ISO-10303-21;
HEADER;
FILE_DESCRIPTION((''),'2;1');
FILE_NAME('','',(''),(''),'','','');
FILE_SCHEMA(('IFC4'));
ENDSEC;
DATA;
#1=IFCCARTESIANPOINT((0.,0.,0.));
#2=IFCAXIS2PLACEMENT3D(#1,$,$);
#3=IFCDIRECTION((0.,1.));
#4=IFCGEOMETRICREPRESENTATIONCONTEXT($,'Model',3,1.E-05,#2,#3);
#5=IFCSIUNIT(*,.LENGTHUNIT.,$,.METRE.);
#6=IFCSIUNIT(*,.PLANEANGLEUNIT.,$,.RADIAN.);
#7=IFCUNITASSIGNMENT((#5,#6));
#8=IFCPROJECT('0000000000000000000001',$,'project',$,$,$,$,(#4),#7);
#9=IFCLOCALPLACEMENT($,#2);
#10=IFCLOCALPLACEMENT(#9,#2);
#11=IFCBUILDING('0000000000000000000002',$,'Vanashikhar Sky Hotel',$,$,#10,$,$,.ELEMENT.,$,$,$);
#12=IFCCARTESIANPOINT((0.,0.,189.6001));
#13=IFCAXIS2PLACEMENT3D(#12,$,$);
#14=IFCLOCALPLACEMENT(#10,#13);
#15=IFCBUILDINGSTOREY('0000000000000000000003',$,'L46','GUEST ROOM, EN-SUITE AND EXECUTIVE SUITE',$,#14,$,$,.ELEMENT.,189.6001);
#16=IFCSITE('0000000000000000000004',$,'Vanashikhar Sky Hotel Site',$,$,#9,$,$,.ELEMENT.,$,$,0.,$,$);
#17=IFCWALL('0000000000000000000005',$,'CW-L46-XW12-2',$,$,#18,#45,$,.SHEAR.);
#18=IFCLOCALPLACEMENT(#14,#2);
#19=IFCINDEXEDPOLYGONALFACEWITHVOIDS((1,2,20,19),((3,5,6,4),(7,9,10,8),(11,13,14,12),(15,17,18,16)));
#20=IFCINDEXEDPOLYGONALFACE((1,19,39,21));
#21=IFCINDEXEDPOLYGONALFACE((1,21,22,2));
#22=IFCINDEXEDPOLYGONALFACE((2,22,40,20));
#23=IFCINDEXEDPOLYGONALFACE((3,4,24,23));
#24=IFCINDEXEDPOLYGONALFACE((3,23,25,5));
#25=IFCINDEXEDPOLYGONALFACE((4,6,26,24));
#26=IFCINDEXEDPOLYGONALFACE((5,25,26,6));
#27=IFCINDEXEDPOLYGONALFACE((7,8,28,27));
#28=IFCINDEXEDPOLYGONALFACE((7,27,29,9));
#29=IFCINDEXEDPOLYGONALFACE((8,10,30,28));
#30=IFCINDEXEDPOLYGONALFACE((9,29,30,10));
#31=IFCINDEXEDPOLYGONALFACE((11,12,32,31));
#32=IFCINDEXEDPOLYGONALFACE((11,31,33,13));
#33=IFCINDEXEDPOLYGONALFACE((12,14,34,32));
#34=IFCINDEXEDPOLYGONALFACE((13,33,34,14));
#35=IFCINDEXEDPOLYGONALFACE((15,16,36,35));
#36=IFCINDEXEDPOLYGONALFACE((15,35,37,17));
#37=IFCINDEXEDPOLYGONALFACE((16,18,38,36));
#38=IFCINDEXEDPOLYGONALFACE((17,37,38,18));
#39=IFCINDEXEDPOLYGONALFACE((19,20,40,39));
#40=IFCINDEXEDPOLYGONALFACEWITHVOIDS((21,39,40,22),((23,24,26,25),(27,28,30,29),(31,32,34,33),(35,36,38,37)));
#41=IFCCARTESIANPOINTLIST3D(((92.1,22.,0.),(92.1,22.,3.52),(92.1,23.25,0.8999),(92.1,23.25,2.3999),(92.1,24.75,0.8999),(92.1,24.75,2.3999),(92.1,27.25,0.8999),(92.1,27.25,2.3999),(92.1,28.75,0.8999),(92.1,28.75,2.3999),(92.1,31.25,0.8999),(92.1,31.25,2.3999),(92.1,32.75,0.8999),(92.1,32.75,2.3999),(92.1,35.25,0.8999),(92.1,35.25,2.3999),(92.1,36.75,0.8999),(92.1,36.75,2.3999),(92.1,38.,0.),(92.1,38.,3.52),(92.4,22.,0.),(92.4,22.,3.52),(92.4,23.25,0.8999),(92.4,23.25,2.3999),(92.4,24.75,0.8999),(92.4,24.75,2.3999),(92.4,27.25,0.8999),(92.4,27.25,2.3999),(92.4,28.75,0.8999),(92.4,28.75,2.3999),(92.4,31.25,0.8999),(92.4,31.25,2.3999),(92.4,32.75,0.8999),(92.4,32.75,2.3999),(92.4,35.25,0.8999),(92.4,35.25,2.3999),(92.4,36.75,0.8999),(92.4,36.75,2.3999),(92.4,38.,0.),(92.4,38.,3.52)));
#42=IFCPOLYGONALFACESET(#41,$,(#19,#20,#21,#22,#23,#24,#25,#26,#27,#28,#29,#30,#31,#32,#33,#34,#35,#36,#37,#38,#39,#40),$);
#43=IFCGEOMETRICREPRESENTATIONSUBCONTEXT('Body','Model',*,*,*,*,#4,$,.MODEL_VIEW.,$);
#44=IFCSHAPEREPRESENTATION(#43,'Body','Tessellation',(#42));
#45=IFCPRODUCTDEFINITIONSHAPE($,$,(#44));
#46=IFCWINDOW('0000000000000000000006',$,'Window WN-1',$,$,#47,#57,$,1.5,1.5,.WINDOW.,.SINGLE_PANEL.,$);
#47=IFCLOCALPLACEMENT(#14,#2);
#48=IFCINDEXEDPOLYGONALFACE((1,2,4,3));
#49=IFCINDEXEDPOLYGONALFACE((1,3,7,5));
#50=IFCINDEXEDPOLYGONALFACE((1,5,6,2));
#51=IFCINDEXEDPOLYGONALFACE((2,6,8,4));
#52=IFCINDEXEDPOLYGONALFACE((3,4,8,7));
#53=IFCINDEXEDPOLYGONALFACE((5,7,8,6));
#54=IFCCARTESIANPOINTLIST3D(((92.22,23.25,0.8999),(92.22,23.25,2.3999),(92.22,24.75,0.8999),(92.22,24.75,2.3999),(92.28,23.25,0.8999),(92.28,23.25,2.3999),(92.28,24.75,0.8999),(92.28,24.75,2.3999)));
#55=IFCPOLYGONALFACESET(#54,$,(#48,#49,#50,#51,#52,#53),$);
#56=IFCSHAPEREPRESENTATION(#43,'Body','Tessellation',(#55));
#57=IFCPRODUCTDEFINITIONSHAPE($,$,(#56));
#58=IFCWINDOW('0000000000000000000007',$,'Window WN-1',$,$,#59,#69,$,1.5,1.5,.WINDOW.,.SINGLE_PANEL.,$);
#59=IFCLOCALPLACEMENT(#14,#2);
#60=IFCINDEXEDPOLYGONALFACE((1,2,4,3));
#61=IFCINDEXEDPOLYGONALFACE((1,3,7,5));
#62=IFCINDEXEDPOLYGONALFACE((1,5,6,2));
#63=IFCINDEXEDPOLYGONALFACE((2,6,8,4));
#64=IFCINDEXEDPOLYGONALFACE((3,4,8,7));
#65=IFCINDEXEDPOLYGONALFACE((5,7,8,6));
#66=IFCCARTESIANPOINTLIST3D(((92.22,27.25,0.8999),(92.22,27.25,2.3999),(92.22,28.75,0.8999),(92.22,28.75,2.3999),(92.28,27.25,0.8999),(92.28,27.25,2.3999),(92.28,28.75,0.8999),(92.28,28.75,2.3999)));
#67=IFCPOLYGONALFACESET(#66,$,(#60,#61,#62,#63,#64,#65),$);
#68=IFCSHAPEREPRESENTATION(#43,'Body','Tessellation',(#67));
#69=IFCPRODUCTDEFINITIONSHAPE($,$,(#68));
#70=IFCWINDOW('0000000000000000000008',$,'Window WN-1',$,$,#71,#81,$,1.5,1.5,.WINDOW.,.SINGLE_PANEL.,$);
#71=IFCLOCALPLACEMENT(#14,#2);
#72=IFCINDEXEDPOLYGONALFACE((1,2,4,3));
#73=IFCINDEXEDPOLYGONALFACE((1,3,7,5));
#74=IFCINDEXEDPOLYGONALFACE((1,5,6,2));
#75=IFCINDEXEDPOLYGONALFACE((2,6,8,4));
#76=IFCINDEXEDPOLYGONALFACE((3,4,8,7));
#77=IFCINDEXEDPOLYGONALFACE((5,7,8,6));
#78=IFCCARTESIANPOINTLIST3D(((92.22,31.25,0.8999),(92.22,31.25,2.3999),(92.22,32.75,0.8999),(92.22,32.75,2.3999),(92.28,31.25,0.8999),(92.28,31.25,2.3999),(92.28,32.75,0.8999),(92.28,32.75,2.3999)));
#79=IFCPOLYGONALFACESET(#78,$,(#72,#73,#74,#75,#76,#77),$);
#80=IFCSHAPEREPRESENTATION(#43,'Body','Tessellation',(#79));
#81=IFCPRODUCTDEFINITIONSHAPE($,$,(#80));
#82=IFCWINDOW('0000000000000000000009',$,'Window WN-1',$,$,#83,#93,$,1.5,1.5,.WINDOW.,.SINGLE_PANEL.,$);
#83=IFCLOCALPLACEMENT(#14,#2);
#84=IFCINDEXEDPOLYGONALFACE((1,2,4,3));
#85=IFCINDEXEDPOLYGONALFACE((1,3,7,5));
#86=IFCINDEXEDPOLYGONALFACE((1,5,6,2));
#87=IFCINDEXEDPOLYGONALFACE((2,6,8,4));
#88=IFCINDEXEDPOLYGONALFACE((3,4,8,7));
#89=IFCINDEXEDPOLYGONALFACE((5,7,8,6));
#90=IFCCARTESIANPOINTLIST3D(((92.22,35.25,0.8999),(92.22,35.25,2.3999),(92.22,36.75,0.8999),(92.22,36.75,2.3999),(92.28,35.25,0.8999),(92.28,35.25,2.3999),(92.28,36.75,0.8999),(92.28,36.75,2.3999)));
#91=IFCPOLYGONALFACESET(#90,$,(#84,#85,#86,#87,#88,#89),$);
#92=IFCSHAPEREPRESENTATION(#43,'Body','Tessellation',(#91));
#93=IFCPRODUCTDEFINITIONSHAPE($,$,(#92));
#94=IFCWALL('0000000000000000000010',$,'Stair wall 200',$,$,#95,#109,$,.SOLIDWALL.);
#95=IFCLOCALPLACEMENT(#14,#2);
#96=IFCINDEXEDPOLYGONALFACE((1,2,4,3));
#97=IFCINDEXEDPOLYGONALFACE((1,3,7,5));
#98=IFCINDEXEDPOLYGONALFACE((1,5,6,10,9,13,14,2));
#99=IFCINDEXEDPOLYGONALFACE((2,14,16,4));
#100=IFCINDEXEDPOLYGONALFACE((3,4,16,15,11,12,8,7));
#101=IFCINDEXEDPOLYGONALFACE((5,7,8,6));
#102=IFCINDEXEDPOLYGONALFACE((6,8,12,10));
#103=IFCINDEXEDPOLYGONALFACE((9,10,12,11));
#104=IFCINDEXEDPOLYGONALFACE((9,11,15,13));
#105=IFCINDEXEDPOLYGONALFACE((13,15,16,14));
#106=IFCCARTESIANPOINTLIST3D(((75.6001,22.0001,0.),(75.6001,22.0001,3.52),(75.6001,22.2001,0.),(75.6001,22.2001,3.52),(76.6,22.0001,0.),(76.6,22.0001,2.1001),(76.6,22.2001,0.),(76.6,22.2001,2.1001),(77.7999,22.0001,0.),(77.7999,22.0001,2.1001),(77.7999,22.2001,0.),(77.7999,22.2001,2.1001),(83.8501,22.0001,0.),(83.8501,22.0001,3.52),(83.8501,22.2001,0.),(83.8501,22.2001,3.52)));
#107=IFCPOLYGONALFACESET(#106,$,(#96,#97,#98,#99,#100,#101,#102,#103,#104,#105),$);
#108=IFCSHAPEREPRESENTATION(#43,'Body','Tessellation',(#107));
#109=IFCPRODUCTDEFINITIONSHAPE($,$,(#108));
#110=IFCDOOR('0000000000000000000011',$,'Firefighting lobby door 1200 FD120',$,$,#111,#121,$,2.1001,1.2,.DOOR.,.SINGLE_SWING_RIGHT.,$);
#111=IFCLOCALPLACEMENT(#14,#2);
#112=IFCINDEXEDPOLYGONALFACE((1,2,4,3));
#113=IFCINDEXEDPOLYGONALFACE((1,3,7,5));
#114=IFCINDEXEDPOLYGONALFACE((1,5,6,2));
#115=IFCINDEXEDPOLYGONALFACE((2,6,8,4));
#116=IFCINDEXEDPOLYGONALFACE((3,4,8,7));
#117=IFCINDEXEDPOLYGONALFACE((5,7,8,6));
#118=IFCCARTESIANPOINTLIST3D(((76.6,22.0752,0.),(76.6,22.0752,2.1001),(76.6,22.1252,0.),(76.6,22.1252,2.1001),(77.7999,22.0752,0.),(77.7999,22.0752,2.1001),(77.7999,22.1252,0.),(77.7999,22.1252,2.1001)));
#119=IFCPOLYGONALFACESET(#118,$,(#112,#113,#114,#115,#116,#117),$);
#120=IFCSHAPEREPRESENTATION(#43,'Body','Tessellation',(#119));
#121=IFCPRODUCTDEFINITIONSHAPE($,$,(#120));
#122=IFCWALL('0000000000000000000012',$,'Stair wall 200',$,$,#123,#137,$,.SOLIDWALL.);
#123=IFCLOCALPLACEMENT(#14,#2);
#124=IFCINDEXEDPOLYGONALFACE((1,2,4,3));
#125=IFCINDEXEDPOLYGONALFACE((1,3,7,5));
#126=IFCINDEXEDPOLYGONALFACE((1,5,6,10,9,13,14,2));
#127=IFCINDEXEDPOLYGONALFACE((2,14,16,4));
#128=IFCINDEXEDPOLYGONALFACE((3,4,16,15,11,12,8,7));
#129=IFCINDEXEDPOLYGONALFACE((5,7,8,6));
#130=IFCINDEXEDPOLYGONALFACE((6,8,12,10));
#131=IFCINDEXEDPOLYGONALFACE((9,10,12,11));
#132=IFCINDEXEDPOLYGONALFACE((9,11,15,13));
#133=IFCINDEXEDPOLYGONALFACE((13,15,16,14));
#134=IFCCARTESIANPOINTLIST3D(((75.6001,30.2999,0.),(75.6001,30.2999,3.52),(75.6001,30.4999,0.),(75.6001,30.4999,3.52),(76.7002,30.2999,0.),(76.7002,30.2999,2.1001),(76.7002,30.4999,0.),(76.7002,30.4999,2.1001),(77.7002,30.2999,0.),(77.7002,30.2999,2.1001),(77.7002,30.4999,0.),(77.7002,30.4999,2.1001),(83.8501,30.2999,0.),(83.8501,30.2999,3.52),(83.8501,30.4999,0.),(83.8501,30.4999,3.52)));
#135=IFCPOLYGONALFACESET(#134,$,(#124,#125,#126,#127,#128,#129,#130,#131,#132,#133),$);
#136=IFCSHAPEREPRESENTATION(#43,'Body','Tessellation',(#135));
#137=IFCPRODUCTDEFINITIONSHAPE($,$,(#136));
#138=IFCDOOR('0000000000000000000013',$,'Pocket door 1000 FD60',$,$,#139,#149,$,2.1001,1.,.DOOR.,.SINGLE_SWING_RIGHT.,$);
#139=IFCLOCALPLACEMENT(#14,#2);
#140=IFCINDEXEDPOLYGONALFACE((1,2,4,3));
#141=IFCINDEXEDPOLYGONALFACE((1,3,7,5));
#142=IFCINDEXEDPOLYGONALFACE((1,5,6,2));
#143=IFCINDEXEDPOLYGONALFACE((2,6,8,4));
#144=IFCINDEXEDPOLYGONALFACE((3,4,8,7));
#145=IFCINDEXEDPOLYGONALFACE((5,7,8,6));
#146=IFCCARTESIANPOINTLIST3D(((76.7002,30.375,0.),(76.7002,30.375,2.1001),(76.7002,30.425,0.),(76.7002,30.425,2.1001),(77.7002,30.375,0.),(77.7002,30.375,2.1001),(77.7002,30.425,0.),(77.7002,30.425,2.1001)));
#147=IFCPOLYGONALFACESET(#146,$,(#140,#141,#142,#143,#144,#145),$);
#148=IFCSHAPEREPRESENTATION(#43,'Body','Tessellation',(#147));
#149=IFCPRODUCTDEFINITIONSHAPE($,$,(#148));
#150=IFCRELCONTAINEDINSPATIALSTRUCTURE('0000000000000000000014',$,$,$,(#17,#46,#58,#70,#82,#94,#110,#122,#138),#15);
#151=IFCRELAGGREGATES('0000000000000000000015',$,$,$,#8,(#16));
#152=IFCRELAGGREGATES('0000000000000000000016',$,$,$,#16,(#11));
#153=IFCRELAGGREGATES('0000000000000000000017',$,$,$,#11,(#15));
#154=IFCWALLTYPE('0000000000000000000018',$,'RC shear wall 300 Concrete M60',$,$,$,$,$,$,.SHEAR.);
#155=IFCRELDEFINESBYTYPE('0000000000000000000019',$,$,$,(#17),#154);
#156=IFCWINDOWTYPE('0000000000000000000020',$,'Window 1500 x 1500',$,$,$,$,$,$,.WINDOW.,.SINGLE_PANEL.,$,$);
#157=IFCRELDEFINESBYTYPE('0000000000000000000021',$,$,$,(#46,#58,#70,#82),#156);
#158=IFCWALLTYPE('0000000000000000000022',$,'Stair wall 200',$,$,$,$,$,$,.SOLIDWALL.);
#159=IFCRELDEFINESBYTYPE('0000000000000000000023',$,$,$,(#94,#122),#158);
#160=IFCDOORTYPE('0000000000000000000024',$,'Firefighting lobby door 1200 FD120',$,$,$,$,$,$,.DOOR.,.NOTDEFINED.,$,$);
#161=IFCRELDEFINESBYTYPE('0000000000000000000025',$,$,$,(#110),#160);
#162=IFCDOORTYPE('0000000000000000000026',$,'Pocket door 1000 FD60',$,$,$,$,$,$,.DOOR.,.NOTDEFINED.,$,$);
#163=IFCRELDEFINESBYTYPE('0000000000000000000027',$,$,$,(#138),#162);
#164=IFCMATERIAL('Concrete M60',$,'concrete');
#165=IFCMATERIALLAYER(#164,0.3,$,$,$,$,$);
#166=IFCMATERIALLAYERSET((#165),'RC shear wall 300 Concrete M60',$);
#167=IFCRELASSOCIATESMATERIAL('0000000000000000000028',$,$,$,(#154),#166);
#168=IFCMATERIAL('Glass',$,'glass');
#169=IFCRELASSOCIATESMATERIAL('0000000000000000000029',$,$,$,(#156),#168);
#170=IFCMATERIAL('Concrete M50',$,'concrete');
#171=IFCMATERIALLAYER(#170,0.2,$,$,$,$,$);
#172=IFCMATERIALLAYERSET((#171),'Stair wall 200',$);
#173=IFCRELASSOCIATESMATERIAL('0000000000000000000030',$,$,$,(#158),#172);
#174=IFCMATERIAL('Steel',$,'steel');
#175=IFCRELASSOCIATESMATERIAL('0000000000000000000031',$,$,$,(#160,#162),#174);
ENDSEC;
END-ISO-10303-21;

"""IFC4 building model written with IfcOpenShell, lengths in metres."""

from ifc_helpers import new_model, si_unit, direction, frame, frame_2d, origin, place, context, subcontext, project, spatial, rectangle, extrude, source, transform, mapped, material, layer, layer_set, type_object, element, fill, save


model = new_model("IFC4")

# Units and contexts
model_context = context("Model", 3, precision=1e-05, world=origin(), true_north=direction((0.0, 1.0)))
body_context = subcontext(model_context, "Body", "Model", "MODEL_VIEW")
ifc_project = project(units=[si_unit("LENGTHUNIT", "METRE"), si_unit("PLANEANGLEUNIT", "RADIAN")], contexts=[model_context])

# Site, building, storey
site_placement = place(None, origin())
site = spatial("IfcSite", under=ifc_project, at=site_placement, Name="Vanashikhar Sky Hotel Site", CompositionType="ELEMENT", RefElevation=0.0)
building_placement = place(site_placement, origin())
building = spatial("IfcBuilding", under=site, at=building_placement, Name="Vanashikhar Sky Hotel", CompositionType="ELEMENT")
storey_placement = place(building_placement, frame((0.0, 0.0, 189.6001)))
storey = spatial("IfcBuildingStorey", under=building, at=storey_placement, Name="L46", Description="GUEST ROOM, EN-SUITE AND EXECUTIVE SUITE", CompositionType="ELEMENT", Elevation=189.6001)

# Wall, openings, windows
ifc_material_1 = material(Name="Concrete M60", Category="concrete")
ifc_layer_1 = layer(ifc_material_1, 0.3)
ifc_layer_set_1 = layer_set([ifc_layer_1], Name="RC shear wall 300 Concrete M60")
wall_type_1 = type_object("IfcWallType", Name="RC shear wall 300 Concrete M60", PredefinedType="SHEAR", material=ifc_layer_set_1)
shared_shape_1 = source(origin(), body_context, "Body", "SweptSolid", [
    extrude(rectangle(XDim=16.0, YDim=0.3, at=frame_2d((8.0, 0.0))), origin(), (0.0, 0.0, 1.0), 3.52),
])
wall_1_placement = place(storey_placement, frame((92.25, 22.0, 0.0), z_axis=(0.0, 0.0, 1.0), x_axis=(0.0, 1.0, 0.0)))
wall_1 = element("IfcWall", 1, at=wall_1_placement, inside=storey, type_object=wall_type_1, Name="CW-L46-XW12-2", PredefinedType="SHEAR", context=body_context, shape_type="MappedRepresentation", body=[
    mapped(shared_shape_1, transform((0.0, 0.0, 0.0), scale=1.0)),
])
shared_shape_2 = source(origin(), body_context, "Body", "SweptSolid", [
    extrude(rectangle(XDim=1.5, YDim=1.5, at=frame_2d((0.75, 0.75))), frame((0.0, 0.1602, 0.0), z_axis=(0.0, -1.0, 0.0), x_axis=(1.0, 0.0, 0.0)), (0.0, 0.0, 1.0), 0.3201),
])
opening_1_placement = place(wall_1_placement, frame((1.25, 0.0, 0.8999)))
opening_1 = element("IfcOpeningElement", 2, at=opening_1_placement, cuts=wall_1, PredefinedType="OPENING", context=body_context, shape_type="MappedRepresentation", body=[
    mapped(shared_shape_2, transform((0.0, 0.0, 0.0), scale=1.0)),
])
opening_2_placement = place(wall_1_placement, frame((5.25, 0.0, 0.8999)))
opening_2 = element("IfcOpeningElement", 3, at=opening_2_placement, cuts=wall_1, PredefinedType="OPENING", context=body_context, shape_type="MappedRepresentation", body=[
    mapped(shared_shape_2, transform((0.0, 0.0, 0.0), scale=1.0)),
])
opening_3_placement = place(wall_1_placement, frame((9.25, 0.0, 0.8999)))
opening_3 = element("IfcOpeningElement", 4, at=opening_3_placement, cuts=wall_1, PredefinedType="OPENING", context=body_context, shape_type="MappedRepresentation", body=[
    mapped(shared_shape_2, transform((0.0, 0.0, 0.0), scale=1.0)),
])
opening_4_placement = place(wall_1_placement, frame((13.25, 0.0, 0.8999)))
opening_4 = element("IfcOpeningElement", 5, at=opening_4_placement, cuts=wall_1, PredefinedType="OPENING", context=body_context, shape_type="MappedRepresentation", body=[
    mapped(shared_shape_2, transform((0.0, 0.0, 0.0), scale=1.0)),
])
ifc_material_2 = material(Name="Glass", Category="glass")
window_type = type_object("IfcWindowType", Name="Window 1500 x 1500", PartitioningType="SINGLE_PANEL", PredefinedType="WINDOW", material=ifc_material_2)
shared_shape_3 = source(origin(), body_context, "Body", "SweptSolid", [
    extrude(rectangle(XDim=1.5, YDim=1.5, at=frame_2d((0.75, 0.75))), frame((0.0, 0.03, 0.0), z_axis=(0.0, -1.0, 0.0), x_axis=(1.0, 0.0, 0.0)), (0.0, 0.0, 1.0), 0.0601),
])
window_1_placement = place(opening_1_placement, origin())
window_1 = element("IfcWindow", 6, at=window_1_placement, inside=storey, type_object=window_type, Name="Window WN-1", OverallHeight=1.5, OverallWidth=1.5, PartitioningType="SINGLE_PANEL", PredefinedType="WINDOW", context=body_context, shape_type="MappedRepresentation", body=[
    mapped(shared_shape_3, transform((0.0, 0.0, 0.0), scale=1.0)),
])
fill(opening_1, window_1)
window_2_placement = place(opening_2_placement, origin())
window_2 = element("IfcWindow", 7, at=window_2_placement, inside=storey, type_object=window_type, Name="Window WN-1", OverallHeight=1.5, OverallWidth=1.5, PartitioningType="SINGLE_PANEL", PredefinedType="WINDOW", context=body_context, shape_type="MappedRepresentation", body=[
    mapped(shared_shape_3, transform((0.0, 0.0, 0.0), scale=1.0)),
])
fill(opening_2, window_2)
window_3_placement = place(opening_3_placement, origin())
window_3 = element("IfcWindow", 8, at=window_3_placement, inside=storey, type_object=window_type, Name="Window WN-1", OverallHeight=1.5, OverallWidth=1.5, PartitioningType="SINGLE_PANEL", PredefinedType="WINDOW", context=body_context, shape_type="MappedRepresentation", body=[
    mapped(shared_shape_3, transform((0.0, 0.0, 0.0), scale=1.0)),
])
fill(opening_3, window_3)
window_4_placement = place(opening_4_placement, origin())
window_4 = element("IfcWindow", 9, at=window_4_placement, inside=storey, type_object=window_type, Name="Window WN-1", OverallHeight=1.5, OverallWidth=1.5, PartitioningType="SINGLE_PANEL", PredefinedType="WINDOW", context=body_context, shape_type="MappedRepresentation", body=[
    mapped(shared_shape_3, transform((0.0, 0.0, 0.0), scale=1.0)),
])
fill(opening_4, window_4)

# Walls, openings, doors
ifc_material_3 = material(Name="Concrete M50", Category="concrete")
ifc_layer_2 = layer(ifc_material_3, 0.2)
ifc_layer_set_2 = layer_set([ifc_layer_2], Name="Stair wall 200")
wall_type_2 = type_object("IfcWallType", Name="Stair wall 200", PredefinedType="SOLIDWALL", material=ifc_layer_set_2)
shared_shape_4 = source(origin(), body_context, "Body", "SweptSolid", [
    extrude(rectangle(XDim=8.25, YDim=0.2, at=frame_2d((4.125, 0.0))), origin(), (0.0, 0.0, 1.0), 3.52),
])
wall_2_placement = place(storey_placement, frame((83.8501, 22.1001, 0.0), z_axis=(0.0, 0.0, 1.0), x_axis=(-1.0, 0.0, 0.0)))
wall_2 = element("IfcWall", 10, at=wall_2_placement, inside=storey, type_object=wall_type_2, Name="Stair wall 200", PredefinedType="SOLIDWALL", context=body_context, shape_type="MappedRepresentation", body=[
    mapped(shared_shape_4, transform((0.0, 0.0, 0.0), scale=1.0)),
])
shared_shape_5 = source(origin(), body_context, "Body", "SweptSolid", [
    extrude(rectangle(XDim=1.2, YDim=2.1001, at=frame_2d((0.6001, 1.05))), frame((0.0, 0.1099, 0.0), z_axis=(0.0, -1.0, 0.0), x_axis=(1.0, 0.0, 0.0)), (0.0, 0.0, 1.0), 0.22),
])
opening_5_placement = place(wall_2_placement, frame((6.05, 0.0, 0.0)))
opening_5 = element("IfcOpeningElement", 11, at=opening_5_placement, cuts=wall_2, PredefinedType="OPENING", context=body_context, shape_type="MappedRepresentation", body=[
    mapped(shared_shape_5, transform((0.0, 0.0, 0.0), scale=1.0)),
])
ifc_material_4 = material(Name="Steel", Category="steel")
door_type_1 = type_object("IfcDoorType", Name="Firefighting lobby door 1200 FD120", OperationType="NOTDEFINED", PredefinedType="DOOR", material=ifc_material_4)
shared_shape_6 = source(origin(), body_context, "Body", "SweptSolid", [
    extrude(rectangle(XDim=1.2, YDim=2.1001, at=frame_2d((0.6001, 1.05))), frame((0.0, 0.0249, 0.0), z_axis=(0.0, -1.0, 0.0), x_axis=(1.0, 0.0, 0.0)), (0.0, 0.0, 1.0), 0.05),
])
door_1_placement = place(opening_5_placement, origin())
door_1 = element("IfcDoor", 12, at=door_1_placement, inside=storey, type_object=door_type_1, Name="Firefighting lobby door 1200 FD120", OperationType="SINGLE_SWING_RIGHT", OverallHeight=2.1001, OverallWidth=1.2, PredefinedType="DOOR", context=body_context, shape_type="MappedRepresentation", body=[
    mapped(shared_shape_6, transform((0.0, 0.0, 0.0), scale=1.0)),
])
fill(opening_5, door_1)
wall_3_placement = place(storey_placement, frame((83.8501, 30.3999, 0.0), z_axis=(0.0, 0.0, 1.0), x_axis=(-1.0, 0.0, 0.0)))
wall_3 = element("IfcWall", 13, at=wall_3_placement, inside=storey, type_object=wall_type_2, Name="Stair wall 200", PredefinedType="SOLIDWALL", context=body_context, shape_type="MappedRepresentation", body=[
    mapped(shared_shape_4, transform((0.0, 0.0, 0.0), scale=1.0)),
])
shared_shape_7 = source(origin(), body_context, "Body", "SweptSolid", [
    extrude(rectangle(XDim=1.0, YDim=2.1001, at=frame_2d((0.5, 1.05))), frame((0.0, 0.1099, 0.0), z_axis=(0.0, -1.0, 0.0), x_axis=(1.0, 0.0, 0.0)), (0.0, 0.0, 1.0), 0.22),
])
opening_6_placement = place(wall_3_placement, frame((6.1499, 0.0, 0.0)))
opening_6 = element("IfcOpeningElement", 14, at=opening_6_placement, cuts=wall_3, PredefinedType="OPENING", context=body_context, shape_type="MappedRepresentation", body=[
    mapped(shared_shape_7, transform((0.0, 0.0, 0.0), scale=1.0)),
])
door_type_2 = type_object("IfcDoorType", Name="Pocket door 1000 FD60", OperationType="NOTDEFINED", PredefinedType="DOOR", material=ifc_material_4)
shared_shape_8 = source(origin(), body_context, "Body", "SweptSolid", [
    extrude(rectangle(XDim=1.0, YDim=2.1001, at=frame_2d((0.5, 1.05))), frame((0.0, 0.0249, 0.0), z_axis=(0.0, -1.0, 0.0), x_axis=(1.0, 0.0, 0.0)), (0.0, 0.0, 1.0), 0.05),
])
door_2_placement = place(opening_6_placement, origin())
door_2 = element("IfcDoor", 15, at=door_2_placement, inside=storey, type_object=door_type_2, Name="Pocket door 1000 FD60", OperationType="SINGLE_SWING_RIGHT", OverallHeight=2.1001, OverallWidth=1.0, PredefinedType="DOOR", context=body_context, shape_type="MappedRepresentation", body=[
    mapped(shared_shape_8, transform((0.0, 0.0, 0.0), scale=1.0)),
])
fill(opening_6, door_2)

save(model, "model.ifc")
